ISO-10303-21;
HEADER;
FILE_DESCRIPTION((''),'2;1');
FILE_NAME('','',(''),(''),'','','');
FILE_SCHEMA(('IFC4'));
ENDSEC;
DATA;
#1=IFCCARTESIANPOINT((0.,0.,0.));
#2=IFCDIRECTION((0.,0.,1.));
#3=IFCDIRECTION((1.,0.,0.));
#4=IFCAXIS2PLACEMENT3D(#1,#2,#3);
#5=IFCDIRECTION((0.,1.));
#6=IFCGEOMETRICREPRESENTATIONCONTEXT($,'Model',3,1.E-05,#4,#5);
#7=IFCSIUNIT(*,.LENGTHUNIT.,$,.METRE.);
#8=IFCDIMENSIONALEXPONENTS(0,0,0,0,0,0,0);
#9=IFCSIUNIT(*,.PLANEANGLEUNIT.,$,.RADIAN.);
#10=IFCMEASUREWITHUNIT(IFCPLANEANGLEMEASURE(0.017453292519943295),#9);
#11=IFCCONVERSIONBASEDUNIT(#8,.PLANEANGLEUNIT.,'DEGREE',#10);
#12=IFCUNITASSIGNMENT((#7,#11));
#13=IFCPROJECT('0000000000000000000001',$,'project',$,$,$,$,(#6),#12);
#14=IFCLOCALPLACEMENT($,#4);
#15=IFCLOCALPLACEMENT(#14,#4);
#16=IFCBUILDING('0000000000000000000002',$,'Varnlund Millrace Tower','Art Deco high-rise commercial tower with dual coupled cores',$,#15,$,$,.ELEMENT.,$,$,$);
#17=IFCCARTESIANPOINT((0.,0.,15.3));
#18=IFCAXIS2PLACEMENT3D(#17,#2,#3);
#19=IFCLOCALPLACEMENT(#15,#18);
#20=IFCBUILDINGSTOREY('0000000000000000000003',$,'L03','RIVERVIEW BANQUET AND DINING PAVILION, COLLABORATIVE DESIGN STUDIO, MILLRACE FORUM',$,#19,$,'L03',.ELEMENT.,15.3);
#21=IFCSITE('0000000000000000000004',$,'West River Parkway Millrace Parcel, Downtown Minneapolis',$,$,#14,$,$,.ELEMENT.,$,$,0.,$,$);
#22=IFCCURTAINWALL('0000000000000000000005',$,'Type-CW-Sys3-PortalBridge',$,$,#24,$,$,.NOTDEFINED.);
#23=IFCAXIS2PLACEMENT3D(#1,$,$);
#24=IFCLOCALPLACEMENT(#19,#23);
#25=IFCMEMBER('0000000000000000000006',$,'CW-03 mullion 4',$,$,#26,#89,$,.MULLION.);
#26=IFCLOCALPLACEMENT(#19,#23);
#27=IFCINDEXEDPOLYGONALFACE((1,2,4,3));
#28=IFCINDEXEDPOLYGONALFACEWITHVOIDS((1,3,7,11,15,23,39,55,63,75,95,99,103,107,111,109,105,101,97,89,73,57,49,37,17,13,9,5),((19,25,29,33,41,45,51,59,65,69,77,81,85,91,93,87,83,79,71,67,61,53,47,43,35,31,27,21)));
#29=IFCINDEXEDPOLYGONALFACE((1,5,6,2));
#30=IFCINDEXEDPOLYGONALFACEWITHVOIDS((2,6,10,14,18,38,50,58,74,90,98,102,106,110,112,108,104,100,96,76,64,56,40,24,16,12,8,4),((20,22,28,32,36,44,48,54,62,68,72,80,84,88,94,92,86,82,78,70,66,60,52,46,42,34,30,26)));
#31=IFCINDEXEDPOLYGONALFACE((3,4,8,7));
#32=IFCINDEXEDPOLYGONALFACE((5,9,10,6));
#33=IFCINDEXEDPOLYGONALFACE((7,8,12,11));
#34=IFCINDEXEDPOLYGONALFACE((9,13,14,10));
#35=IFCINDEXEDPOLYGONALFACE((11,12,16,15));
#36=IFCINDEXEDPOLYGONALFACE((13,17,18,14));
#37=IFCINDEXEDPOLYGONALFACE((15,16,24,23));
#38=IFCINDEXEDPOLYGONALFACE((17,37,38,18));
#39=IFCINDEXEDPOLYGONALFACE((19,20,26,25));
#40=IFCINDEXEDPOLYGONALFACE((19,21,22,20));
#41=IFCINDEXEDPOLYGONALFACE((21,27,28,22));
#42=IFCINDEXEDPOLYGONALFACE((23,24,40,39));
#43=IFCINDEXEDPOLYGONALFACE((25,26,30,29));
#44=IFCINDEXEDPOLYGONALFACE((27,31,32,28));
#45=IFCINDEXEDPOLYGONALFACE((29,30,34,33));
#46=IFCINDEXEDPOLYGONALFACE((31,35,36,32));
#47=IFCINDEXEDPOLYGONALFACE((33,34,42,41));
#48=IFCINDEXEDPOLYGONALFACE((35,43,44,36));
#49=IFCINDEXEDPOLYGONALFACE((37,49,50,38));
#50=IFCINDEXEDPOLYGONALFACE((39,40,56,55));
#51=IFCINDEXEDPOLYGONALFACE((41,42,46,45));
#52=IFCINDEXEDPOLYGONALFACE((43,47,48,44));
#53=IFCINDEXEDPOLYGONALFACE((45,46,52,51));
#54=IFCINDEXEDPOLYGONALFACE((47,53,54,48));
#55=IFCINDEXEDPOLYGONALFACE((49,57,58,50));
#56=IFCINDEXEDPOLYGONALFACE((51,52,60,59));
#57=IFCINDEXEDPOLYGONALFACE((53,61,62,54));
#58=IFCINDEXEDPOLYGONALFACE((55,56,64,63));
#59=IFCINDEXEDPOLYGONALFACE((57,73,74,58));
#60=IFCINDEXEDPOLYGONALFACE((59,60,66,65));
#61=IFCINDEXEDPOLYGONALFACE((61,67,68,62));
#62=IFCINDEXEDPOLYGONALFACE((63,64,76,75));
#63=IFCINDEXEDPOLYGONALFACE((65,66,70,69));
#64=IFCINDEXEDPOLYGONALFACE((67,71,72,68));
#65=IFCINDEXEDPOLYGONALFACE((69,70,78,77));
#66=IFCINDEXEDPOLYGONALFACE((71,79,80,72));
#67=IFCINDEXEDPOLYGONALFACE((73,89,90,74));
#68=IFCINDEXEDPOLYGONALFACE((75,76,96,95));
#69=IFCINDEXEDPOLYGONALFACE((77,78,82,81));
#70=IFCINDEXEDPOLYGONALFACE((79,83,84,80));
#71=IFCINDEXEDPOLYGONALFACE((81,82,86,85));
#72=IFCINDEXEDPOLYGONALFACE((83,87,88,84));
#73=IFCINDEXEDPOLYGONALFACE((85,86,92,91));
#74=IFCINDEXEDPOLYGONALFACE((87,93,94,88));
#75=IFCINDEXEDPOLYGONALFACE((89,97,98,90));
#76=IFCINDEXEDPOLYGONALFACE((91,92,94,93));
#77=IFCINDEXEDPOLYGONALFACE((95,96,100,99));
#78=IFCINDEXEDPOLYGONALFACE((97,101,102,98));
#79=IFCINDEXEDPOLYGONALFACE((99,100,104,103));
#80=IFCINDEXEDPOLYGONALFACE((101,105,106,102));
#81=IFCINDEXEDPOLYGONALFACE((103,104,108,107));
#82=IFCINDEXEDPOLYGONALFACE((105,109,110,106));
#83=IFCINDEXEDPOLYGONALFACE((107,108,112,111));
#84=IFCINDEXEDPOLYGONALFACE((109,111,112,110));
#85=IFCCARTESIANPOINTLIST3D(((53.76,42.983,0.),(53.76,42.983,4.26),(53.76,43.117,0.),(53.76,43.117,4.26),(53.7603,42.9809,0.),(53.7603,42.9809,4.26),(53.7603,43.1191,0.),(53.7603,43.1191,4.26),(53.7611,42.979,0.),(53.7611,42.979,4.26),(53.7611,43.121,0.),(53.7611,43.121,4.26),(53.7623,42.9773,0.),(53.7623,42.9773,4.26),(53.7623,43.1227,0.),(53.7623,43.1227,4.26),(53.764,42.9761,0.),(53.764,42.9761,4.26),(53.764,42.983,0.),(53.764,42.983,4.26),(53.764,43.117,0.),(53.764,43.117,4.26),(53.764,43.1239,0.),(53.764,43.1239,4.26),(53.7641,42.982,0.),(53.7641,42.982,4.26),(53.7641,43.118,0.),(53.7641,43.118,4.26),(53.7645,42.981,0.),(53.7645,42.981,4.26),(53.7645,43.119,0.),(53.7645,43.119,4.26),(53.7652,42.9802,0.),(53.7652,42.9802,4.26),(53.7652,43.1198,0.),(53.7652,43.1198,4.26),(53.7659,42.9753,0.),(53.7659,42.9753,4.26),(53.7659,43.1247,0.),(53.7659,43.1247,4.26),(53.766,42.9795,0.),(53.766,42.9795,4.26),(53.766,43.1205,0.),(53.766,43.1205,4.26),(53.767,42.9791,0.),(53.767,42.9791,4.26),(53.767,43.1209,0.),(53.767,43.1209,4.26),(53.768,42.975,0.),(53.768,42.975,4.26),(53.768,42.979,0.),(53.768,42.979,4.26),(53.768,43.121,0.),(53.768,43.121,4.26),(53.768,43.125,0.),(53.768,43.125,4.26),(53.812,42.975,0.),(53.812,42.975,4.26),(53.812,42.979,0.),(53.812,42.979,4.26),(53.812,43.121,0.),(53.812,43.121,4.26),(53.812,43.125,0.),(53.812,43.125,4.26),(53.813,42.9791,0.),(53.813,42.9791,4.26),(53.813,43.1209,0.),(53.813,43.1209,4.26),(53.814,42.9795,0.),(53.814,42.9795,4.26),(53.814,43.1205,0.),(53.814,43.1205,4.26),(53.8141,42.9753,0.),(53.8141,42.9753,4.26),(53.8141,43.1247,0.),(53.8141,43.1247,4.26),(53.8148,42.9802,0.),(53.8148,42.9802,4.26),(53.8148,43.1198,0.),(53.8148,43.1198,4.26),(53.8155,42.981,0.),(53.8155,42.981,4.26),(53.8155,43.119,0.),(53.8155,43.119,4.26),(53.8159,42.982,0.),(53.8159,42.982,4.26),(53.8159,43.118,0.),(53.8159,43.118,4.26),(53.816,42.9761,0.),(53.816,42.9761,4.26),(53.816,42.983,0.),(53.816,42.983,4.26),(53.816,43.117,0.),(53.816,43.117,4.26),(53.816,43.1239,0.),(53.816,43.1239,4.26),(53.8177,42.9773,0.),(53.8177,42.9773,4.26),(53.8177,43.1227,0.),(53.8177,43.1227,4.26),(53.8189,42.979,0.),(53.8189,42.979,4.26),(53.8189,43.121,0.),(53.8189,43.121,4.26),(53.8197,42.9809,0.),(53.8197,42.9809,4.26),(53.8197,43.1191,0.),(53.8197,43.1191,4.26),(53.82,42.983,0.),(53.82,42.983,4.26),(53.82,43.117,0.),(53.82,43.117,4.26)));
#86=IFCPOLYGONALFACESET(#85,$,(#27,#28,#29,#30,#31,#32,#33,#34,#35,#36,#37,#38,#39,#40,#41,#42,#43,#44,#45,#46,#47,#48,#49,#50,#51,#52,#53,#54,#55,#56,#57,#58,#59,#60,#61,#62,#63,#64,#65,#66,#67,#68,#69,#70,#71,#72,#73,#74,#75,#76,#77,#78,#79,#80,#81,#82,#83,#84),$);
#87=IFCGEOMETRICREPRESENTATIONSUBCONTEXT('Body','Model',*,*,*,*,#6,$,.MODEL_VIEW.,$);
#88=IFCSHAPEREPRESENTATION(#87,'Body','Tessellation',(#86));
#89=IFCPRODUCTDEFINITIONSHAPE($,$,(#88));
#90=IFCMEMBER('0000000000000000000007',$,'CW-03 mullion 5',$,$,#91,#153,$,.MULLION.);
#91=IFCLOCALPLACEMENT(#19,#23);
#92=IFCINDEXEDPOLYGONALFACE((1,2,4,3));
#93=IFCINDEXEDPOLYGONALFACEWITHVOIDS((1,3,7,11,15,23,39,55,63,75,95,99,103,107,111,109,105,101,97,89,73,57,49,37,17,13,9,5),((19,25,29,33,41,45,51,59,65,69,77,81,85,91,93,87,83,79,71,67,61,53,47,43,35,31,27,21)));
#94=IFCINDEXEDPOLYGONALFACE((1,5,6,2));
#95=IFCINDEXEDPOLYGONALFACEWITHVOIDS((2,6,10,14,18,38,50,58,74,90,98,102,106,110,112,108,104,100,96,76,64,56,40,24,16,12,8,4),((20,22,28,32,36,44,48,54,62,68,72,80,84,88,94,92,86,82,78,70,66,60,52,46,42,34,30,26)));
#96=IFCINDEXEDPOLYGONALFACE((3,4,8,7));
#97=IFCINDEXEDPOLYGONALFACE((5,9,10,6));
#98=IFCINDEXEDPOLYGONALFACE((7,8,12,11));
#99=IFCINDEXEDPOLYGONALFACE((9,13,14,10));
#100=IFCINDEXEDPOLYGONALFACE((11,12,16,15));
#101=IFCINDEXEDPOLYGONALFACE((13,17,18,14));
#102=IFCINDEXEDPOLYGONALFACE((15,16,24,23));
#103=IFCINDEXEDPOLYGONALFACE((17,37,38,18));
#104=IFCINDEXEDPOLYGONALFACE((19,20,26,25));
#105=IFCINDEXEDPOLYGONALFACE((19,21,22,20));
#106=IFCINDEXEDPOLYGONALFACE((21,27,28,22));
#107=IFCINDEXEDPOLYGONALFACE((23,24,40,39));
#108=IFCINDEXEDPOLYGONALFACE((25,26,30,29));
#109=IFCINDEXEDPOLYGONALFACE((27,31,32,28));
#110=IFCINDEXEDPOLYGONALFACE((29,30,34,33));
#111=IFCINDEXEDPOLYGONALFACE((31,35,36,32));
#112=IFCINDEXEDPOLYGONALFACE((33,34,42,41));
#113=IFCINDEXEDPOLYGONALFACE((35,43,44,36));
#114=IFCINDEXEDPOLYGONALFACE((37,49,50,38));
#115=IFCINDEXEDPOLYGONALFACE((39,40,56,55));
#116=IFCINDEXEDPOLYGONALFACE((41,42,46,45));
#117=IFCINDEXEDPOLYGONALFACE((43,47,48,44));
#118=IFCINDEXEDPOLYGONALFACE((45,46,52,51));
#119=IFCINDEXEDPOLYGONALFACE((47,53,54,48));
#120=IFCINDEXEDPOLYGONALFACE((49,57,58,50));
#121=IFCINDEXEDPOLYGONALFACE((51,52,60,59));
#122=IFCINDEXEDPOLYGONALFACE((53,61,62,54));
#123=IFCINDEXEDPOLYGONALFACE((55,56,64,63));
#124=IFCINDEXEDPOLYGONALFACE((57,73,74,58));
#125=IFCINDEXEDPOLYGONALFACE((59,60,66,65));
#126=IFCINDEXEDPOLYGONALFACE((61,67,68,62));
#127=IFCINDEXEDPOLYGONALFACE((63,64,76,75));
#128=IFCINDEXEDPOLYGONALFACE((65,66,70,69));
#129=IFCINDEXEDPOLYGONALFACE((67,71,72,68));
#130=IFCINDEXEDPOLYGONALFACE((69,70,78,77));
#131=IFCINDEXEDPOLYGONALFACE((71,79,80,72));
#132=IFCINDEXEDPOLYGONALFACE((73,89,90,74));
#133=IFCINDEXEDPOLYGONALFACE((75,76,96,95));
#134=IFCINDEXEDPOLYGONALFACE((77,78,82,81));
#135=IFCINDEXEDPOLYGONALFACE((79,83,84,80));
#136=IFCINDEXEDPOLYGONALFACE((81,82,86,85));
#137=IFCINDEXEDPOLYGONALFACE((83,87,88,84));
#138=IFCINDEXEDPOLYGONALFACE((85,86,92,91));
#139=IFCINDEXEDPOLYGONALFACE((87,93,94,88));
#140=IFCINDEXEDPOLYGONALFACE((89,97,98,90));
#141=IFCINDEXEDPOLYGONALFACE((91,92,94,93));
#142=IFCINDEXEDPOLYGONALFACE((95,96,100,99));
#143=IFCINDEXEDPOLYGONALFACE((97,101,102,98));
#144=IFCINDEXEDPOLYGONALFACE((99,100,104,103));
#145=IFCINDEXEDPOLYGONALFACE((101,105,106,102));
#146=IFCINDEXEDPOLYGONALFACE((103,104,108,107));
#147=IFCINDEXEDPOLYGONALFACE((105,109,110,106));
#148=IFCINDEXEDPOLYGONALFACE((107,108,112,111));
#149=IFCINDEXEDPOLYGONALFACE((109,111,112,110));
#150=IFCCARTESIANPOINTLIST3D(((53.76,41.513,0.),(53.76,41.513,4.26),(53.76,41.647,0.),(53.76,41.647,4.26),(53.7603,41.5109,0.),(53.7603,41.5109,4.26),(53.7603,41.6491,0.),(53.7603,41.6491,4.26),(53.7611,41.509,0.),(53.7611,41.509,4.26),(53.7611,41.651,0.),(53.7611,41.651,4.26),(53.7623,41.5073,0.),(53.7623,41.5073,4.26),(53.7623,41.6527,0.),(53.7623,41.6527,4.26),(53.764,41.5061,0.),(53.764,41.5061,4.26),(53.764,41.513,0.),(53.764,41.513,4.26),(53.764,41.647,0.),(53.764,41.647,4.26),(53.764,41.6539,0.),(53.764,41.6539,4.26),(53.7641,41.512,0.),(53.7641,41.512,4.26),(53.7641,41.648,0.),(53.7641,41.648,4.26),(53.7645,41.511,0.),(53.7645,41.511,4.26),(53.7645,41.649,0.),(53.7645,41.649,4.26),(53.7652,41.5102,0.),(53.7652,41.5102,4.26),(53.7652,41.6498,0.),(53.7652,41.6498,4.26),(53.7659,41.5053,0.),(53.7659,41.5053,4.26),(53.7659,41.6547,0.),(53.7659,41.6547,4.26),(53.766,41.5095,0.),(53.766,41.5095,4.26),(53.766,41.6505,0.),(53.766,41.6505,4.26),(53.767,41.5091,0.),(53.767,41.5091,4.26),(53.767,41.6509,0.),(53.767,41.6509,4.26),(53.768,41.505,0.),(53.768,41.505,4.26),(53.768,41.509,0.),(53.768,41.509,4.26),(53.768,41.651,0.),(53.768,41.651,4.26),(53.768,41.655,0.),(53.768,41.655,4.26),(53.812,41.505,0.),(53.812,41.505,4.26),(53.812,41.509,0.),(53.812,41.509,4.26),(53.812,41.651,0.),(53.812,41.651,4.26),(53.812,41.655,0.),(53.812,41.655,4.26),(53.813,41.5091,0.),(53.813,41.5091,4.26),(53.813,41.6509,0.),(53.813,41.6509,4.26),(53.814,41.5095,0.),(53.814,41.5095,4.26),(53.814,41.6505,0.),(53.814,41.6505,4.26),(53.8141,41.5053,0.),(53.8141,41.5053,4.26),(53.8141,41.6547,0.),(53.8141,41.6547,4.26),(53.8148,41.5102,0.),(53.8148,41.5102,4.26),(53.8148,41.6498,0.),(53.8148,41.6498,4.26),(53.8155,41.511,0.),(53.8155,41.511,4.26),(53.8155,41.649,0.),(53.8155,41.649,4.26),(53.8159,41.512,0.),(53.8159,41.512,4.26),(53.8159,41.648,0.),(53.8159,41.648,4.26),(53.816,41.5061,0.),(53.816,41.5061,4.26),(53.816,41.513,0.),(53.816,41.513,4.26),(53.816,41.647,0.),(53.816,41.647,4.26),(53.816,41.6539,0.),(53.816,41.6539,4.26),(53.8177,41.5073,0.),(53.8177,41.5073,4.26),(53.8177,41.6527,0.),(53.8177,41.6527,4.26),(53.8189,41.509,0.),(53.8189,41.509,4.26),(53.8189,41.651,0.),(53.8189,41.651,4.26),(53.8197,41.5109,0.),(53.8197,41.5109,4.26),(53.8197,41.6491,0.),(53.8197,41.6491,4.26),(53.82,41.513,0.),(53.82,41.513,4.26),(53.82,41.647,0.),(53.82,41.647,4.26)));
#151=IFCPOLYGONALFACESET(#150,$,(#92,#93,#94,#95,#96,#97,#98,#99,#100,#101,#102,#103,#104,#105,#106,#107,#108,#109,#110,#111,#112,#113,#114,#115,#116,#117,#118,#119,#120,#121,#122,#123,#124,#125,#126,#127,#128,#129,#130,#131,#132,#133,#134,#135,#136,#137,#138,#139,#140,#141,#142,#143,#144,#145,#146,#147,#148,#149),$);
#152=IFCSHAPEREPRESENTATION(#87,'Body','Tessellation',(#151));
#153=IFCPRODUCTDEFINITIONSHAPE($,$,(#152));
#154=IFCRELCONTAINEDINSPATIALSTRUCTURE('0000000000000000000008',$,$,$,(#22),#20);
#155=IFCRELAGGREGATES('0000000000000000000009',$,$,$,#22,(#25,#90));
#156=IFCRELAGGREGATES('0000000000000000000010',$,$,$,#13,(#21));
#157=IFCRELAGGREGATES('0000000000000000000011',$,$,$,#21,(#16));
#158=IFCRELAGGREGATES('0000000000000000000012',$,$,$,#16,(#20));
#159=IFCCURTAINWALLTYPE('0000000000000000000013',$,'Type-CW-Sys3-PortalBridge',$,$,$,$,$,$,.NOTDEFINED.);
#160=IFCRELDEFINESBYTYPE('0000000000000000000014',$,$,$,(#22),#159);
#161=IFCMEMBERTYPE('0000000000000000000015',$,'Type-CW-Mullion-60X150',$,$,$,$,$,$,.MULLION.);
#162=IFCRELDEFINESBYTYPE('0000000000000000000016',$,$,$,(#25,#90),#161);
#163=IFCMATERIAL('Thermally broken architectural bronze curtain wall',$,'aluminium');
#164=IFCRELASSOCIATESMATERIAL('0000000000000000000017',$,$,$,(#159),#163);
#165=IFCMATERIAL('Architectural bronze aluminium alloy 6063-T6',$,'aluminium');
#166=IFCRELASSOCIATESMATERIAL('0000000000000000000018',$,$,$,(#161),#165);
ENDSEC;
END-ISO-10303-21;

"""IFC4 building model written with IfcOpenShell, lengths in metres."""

from ifc_helpers import new_model, entity, si_unit, converted_unit, direction, frame, origin_with_axes, origin_2d_with_axis, place, context, subcontext, project, spatial, hollow_rectangle, extrude, material, material_profile, profile_set, type_object, element, aggregate, save


model = new_model("IFC4")

# Units and contexts
model_context = context("Model", 3, precision=1e-05, world=origin_with_axes(), true_north=direction((0.0, 1.0)))
body_context = subcontext(model_context, "Body", "Model", "MODEL_VIEW")
ifc_project = project(units=[si_unit("LENGTHUNIT", "METRE"), converted_unit("PLANEANGLEUNIT", "DEGREE", entity("IfcPlaneAngleMeasure", 0.017453292519943295), si_unit("PLANEANGLEUNIT", "RADIAN"), dimensions=[0, 0, 0, 0, 0, 0, 0])], contexts=[model_context])

# Site, building, storey
site_placement = place(None, origin_with_axes())
site = spatial("IfcSite", under=ifc_project, at=site_placement, Name="West River Parkway Millrace Parcel, Downtown Minneapolis", CompositionType="ELEMENT", RefElevation=0.0)
building_placement = place(site_placement, origin_with_axes())
building = spatial("IfcBuilding", under=site, at=building_placement, Name="Varnlund Millrace Tower", Description="Art Deco high-rise commercial tower with dual coupled cores", CompositionType="ELEMENT")
storey_placement = place(building_placement, frame((0.0, 0.0, 15.3), z_axis=(0.0, 0.0, 1.0), x_axis=(1.0, 0.0, 0.0)))
storey = spatial("IfcBuildingStorey", under=building, at=storey_placement, Name="L03", Description="RIVERVIEW BANQUET AND DINING PAVILION, COLLABORATIVE DESIGN STUDIO, MILLRACE FORUM", LongName="L03", CompositionType="ELEMENT", Elevation=15.3)

# Curtain wall, members
ifc_material_1 = material(Name="Thermally broken architectural bronze curtain wall", Category="aluminium")
curtain_wall_type = type_object("IfcCurtainWallType", Name="Type-CW-Sys3-PortalBridge", PredefinedType="NOTDEFINED", material=ifc_material_1)
curtain_wall_placement = place(storey_placement, frame((53.79, 47.55, 0.0), z_axis=(0.0, 0.0, 1.0), x_axis=(1.0, 0.0, 0.0)))
curtain_wall = element("IfcCurtainWall", 1, at=curtain_wall_placement, inside=storey, type_object=curtain_wall_type, Name="Type-CW-Sys3-PortalBridge", PredefinedType="NOTDEFINED")
ifc_material_2 = material(Name="Architectural bronze aluminium alloy 6063-T6", Category="aluminium")
ifc_material_profile_1 = material_profile(ifc_material_2, hollow_rectangle(XDim=0.06, YDim=0.15, WallThickness=0.004, InnerFilletRadius=0.004, OuterFilletRadius=0.008, at=origin_2d_with_axis()), Name="Architectural bronze aluminium alloy 6063-T6")
ifc_profile_set_1 = profile_set([ifc_material_profile_1], Name="Architectural bronze aluminium alloy 6063-T6")
member_type_1 = type_object("IfcMemberType", Name="Type-CW-Mullion-60X150", PredefinedType="MULLION", material=ifc_profile_set_1)
member_1_placement = place(storey_placement, frame((53.79, 43.05, 0.0), z_axis=(0.0, 0.0, 1.0), x_axis=(1.0, 0.0, 0.0)))
member_1 = element("IfcMember", 2, at=member_1_placement, type_object=member_type_1, Name="CW-03 mullion 4", PredefinedType="MULLION", context=body_context, shape_type="SweptSolid", body=[
    extrude(hollow_rectangle(XDim=0.06, YDim=0.15, WallThickness=0.004, InnerFilletRadius=0.004, OuterFilletRadius=0.008, at=origin_2d_with_axis()), origin_with_axes(), (0.0, 0.0, 1.0), 4.26),
])
member_2_placement = place(storey_placement, frame((53.79, 41.58, 0.0), z_axis=(0.0, 0.0, 1.0), x_axis=(1.0, 0.0, 0.0)))
member_2 = element("IfcMember", 3, at=member_2_placement, type_object=member_type_1, Name="CW-03 mullion 5", PredefinedType="MULLION", context=body_context, shape_type="SweptSolid", body=[
    extrude(hollow_rectangle(XDim=0.06, YDim=0.15, WallThickness=0.004, InnerFilletRadius=0.004, OuterFilletRadius=0.008, at=origin_2d_with_axis()), origin_with_axes(), (0.0, 0.0, 1.0), 4.26),
])

aggregate(curtain_wall, [member_1, member_2])

save(model, "model.ifc")
